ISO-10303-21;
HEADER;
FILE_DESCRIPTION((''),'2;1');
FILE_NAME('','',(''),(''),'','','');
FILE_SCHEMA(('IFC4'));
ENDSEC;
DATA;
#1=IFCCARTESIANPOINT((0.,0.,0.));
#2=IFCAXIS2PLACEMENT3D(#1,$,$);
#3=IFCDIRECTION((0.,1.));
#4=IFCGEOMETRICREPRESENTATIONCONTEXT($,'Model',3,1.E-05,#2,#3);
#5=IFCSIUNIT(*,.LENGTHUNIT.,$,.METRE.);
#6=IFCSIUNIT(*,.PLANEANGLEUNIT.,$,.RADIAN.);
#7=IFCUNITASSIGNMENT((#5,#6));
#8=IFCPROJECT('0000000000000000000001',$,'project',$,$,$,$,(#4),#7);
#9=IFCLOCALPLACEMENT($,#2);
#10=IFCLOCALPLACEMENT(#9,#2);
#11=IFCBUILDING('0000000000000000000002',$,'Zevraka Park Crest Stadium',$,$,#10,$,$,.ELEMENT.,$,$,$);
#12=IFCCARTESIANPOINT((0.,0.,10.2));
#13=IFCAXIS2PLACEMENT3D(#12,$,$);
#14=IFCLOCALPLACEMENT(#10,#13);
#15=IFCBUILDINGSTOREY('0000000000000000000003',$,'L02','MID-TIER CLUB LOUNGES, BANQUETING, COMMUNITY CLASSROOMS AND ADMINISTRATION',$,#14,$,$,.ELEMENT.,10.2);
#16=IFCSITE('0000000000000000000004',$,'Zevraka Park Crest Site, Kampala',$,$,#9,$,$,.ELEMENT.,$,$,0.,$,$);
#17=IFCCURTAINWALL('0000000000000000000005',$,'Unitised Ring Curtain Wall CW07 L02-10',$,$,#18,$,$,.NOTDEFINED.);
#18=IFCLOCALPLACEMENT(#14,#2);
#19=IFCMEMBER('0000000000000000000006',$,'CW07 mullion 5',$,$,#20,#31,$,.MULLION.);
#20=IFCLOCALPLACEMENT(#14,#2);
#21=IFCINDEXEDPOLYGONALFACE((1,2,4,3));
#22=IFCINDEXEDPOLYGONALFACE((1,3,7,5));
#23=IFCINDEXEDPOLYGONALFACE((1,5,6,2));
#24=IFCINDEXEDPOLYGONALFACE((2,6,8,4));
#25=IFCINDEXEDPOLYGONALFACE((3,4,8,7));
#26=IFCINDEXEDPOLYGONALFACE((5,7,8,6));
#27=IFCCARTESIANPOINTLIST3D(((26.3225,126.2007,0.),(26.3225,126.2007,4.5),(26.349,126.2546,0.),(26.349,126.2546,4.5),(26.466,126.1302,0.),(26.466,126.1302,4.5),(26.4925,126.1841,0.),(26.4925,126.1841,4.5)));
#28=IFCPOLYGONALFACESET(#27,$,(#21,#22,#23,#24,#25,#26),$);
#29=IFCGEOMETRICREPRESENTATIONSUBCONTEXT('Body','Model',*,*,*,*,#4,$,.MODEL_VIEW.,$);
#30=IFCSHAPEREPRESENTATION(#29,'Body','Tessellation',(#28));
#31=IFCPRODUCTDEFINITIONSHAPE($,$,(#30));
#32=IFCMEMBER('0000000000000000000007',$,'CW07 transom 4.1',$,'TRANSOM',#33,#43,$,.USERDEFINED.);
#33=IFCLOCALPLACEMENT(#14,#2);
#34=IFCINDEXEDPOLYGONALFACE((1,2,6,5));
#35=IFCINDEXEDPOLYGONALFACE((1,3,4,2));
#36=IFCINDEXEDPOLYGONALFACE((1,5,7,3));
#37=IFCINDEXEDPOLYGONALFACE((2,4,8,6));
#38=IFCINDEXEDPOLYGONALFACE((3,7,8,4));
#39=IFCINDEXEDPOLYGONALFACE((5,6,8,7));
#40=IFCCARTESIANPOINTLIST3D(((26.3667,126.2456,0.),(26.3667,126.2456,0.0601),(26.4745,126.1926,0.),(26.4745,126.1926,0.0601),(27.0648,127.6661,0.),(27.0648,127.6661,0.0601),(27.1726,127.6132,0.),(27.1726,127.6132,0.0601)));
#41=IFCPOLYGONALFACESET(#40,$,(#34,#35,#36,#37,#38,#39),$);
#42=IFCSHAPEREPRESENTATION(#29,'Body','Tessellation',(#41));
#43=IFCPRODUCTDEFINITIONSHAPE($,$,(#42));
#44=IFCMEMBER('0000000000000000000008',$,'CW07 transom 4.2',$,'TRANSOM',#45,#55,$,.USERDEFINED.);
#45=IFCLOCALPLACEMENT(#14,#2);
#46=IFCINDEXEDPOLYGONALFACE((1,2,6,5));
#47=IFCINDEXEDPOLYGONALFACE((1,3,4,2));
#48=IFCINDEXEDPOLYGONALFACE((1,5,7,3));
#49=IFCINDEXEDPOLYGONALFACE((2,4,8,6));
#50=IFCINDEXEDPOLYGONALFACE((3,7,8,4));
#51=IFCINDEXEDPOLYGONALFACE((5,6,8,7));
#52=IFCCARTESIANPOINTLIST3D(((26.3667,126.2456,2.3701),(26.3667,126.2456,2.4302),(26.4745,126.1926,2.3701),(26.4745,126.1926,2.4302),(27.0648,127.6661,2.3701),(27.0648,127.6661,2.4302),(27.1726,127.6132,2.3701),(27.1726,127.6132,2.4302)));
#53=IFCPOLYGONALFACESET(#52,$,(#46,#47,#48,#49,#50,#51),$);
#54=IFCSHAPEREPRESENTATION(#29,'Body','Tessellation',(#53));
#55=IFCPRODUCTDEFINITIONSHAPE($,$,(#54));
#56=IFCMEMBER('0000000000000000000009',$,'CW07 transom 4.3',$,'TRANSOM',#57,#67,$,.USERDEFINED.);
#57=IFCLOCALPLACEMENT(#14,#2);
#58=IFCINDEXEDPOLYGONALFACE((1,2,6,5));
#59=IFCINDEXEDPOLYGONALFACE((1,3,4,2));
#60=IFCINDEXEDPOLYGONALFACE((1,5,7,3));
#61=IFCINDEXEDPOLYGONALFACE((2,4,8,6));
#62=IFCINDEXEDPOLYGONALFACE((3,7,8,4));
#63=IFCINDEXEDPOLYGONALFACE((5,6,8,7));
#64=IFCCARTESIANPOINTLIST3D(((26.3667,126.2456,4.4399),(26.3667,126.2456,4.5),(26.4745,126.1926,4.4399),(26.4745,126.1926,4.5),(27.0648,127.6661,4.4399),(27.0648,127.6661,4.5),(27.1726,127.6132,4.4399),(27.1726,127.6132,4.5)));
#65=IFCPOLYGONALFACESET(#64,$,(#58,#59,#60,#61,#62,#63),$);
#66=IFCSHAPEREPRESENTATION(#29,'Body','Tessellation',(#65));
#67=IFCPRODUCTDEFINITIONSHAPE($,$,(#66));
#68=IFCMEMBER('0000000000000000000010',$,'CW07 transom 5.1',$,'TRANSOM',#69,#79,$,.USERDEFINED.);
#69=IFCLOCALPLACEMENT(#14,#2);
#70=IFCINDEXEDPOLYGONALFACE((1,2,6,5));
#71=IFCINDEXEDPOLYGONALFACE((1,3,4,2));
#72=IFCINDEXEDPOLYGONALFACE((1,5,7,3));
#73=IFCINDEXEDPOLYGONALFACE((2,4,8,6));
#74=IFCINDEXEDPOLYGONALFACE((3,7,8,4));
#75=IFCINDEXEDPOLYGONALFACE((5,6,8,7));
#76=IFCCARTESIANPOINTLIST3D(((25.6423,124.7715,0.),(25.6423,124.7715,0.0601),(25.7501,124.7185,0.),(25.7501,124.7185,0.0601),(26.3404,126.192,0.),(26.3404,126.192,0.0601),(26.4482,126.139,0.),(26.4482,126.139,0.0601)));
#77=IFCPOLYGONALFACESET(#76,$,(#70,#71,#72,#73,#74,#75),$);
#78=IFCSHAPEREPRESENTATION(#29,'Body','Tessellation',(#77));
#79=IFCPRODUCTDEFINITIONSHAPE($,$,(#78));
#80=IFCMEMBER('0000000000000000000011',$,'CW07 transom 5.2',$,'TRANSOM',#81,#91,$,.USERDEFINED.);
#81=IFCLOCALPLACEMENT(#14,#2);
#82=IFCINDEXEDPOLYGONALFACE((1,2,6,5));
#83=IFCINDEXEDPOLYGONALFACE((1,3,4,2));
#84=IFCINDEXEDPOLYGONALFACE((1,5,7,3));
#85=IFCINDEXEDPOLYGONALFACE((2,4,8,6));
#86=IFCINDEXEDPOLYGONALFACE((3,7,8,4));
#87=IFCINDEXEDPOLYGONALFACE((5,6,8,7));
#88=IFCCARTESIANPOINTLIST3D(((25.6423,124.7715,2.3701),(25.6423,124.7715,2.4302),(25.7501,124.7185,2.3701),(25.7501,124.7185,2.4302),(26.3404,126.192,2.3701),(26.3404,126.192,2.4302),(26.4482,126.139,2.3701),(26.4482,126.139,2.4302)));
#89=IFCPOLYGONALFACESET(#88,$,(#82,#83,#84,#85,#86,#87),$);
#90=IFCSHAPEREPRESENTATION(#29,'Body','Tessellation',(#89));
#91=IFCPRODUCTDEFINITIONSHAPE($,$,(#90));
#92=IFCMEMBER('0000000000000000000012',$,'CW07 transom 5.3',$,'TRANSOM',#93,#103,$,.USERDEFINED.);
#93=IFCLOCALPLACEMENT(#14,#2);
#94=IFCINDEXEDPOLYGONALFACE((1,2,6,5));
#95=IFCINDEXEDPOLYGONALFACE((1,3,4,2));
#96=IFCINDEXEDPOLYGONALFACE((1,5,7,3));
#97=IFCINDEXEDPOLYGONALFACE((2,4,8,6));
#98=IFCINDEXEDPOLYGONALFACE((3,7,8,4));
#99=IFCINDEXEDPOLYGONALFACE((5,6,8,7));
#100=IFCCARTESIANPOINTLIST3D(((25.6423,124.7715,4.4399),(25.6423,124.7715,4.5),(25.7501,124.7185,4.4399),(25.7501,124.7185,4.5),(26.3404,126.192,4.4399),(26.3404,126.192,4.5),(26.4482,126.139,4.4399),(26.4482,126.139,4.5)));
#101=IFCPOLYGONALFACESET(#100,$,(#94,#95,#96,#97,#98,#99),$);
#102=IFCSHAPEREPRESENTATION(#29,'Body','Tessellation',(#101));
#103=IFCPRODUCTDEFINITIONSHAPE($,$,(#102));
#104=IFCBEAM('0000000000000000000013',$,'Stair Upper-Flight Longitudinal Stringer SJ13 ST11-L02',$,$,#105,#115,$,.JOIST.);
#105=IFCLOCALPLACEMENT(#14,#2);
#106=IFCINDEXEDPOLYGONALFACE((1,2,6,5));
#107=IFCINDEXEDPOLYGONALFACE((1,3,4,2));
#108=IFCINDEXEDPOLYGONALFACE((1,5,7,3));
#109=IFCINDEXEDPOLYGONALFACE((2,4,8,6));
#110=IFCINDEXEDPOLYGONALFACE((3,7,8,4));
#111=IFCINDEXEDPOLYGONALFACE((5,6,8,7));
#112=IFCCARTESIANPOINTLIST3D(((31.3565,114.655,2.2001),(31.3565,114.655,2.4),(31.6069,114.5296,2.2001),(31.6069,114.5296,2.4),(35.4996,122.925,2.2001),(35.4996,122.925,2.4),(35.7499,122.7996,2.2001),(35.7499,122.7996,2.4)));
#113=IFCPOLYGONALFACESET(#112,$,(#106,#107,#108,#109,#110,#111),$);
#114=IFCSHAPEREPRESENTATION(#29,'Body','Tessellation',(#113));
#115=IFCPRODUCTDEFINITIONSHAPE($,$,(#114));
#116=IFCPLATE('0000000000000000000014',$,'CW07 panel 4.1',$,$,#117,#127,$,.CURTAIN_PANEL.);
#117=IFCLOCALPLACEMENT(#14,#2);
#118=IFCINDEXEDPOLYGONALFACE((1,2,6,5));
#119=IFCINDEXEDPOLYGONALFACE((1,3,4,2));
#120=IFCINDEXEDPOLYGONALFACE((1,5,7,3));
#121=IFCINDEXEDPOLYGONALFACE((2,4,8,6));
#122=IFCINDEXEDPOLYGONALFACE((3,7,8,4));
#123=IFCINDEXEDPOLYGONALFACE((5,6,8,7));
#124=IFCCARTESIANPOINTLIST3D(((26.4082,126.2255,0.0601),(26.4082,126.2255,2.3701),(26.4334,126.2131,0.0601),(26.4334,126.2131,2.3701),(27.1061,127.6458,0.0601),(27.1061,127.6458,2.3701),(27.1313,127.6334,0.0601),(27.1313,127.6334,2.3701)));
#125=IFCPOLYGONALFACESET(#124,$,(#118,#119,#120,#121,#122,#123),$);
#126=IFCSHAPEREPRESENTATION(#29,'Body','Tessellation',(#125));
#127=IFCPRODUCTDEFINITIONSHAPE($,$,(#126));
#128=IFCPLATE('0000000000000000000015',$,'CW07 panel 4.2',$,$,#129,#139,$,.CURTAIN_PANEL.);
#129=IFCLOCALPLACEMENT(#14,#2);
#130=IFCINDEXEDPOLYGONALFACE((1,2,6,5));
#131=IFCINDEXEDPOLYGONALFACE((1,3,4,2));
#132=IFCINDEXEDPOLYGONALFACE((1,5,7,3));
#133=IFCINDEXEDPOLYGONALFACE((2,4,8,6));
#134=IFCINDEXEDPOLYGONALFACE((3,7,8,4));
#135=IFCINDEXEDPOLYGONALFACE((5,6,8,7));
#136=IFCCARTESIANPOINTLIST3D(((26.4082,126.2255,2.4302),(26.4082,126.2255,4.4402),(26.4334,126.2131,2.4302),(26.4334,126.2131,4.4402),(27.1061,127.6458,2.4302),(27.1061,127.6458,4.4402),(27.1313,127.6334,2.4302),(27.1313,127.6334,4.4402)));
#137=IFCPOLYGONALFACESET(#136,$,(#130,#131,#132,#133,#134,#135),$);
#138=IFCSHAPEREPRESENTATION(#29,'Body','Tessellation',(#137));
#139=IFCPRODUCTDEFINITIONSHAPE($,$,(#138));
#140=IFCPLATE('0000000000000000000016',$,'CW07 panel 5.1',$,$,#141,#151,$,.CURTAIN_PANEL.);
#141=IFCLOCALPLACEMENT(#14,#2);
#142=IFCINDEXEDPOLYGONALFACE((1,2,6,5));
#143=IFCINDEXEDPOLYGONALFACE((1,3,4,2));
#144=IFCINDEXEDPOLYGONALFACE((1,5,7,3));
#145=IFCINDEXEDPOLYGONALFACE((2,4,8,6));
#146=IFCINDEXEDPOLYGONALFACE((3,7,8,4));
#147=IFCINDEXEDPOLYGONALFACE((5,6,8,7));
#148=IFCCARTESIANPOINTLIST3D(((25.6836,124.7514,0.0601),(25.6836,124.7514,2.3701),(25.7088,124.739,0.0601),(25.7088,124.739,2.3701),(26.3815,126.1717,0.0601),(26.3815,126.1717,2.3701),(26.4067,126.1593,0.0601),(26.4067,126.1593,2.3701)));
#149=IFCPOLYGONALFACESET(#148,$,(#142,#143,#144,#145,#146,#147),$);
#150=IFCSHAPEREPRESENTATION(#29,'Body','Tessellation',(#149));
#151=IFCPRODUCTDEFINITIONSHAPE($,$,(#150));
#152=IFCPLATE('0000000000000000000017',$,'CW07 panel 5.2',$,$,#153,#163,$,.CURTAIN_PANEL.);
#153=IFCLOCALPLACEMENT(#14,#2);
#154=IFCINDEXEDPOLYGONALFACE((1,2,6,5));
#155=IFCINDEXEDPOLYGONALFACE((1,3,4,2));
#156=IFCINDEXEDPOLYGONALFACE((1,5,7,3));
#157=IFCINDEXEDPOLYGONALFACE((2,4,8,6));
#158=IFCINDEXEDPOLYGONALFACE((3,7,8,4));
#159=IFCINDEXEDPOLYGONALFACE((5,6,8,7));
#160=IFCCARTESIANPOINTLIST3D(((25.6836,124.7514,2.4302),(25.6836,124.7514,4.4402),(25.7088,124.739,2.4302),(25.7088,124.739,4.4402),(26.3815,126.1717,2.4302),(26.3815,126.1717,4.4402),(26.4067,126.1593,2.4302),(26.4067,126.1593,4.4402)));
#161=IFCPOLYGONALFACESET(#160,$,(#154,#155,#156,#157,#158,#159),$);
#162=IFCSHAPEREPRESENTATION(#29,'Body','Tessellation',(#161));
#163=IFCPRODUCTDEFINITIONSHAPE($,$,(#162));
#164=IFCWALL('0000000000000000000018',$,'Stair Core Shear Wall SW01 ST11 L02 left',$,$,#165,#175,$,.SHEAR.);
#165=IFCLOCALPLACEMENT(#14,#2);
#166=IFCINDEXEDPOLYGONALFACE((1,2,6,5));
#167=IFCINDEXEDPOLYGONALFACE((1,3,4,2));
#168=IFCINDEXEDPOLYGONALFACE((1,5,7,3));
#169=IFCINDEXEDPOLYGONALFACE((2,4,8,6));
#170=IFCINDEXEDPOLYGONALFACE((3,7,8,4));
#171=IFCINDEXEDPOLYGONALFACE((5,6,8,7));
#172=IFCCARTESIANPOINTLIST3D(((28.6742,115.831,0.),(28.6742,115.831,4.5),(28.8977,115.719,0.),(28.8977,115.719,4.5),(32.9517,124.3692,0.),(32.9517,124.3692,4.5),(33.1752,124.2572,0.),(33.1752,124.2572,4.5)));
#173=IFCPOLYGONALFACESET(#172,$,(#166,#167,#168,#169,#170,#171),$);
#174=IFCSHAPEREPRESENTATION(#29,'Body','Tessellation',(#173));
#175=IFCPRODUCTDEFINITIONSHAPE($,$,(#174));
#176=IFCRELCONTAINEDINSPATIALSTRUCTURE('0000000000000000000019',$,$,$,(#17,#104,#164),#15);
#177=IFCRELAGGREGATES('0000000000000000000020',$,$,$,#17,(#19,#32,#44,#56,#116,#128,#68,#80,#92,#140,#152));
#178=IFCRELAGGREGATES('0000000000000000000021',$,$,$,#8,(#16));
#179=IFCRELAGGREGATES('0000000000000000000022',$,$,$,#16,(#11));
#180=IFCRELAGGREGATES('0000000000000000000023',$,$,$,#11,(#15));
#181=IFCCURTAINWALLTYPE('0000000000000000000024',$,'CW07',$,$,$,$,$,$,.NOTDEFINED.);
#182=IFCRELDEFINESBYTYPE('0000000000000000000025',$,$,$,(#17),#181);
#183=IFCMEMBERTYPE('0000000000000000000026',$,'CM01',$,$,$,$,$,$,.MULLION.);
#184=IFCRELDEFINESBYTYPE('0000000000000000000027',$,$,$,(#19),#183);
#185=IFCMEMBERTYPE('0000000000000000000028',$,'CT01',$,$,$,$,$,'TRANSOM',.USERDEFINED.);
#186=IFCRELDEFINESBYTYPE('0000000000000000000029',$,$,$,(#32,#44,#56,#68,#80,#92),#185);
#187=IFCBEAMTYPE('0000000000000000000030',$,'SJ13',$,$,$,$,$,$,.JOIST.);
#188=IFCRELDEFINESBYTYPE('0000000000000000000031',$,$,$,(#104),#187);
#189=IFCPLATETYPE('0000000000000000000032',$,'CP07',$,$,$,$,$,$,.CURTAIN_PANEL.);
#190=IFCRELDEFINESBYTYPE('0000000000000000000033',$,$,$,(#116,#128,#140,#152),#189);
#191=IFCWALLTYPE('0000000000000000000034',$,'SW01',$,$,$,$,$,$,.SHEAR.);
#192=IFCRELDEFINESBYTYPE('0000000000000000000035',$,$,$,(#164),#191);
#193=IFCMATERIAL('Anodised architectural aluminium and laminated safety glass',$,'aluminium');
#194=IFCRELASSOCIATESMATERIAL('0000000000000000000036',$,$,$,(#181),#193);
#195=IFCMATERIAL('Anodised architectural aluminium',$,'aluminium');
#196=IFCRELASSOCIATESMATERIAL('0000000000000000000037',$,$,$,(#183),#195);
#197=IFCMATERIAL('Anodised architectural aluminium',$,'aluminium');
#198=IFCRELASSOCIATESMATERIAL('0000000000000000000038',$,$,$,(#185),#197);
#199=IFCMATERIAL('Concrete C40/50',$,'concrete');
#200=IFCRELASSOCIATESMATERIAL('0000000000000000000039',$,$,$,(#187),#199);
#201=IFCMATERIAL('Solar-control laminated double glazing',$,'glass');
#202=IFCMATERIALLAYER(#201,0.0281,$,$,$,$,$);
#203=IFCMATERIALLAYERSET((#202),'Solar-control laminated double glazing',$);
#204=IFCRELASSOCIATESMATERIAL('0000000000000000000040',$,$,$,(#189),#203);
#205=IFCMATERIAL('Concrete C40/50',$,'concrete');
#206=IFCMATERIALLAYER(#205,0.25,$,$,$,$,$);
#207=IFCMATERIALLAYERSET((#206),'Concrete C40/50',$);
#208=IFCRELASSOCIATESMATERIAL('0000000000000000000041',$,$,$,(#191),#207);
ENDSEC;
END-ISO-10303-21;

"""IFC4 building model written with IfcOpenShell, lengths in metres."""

from ifc_helpers import new_model, si_unit, direction, frame, frame_2d, origin, origin_2d, place, context, subcontext, project, spatial, rectangle, extrude, material, layer, layer_set, material_profile, profile_set, type_object, element, aggregate, save


model = new_model("IFC4")

# Units and contexts
model_context = context("Model", 3, precision=1e-05, world=origin(), true_north=direction((0.0, 1.0)))
body_context = subcontext(model_context, "Body", "Model", "MODEL_VIEW")
ifc_project = project(units=[si_unit("LENGTHUNIT", "METRE"), si_unit("PLANEANGLEUNIT", "RADIAN")], contexts=[model_context])

# Site, building, storey
site_placement = place(None, origin())
site = spatial("IfcSite", under=ifc_project, at=site_placement, Name="Zevraka Park Crest Site, Kampala", CompositionType="ELEMENT", RefElevation=0.0)
building_placement = place(site_placement, origin())
building = spatial("IfcBuilding", under=site, at=building_placement, Name="Zevraka Park Crest Stadium", CompositionType="ELEMENT")
storey_placement = place(building_placement, frame((0.0, 0.0, 10.2)))
storey = spatial("IfcBuildingStorey", under=building, at=storey_placement, Name="L02", Description="MID-TIER CLUB LOUNGES, BANQUETING, COMMUNITY CLASSROOMS AND ADMINISTRATION", CompositionType="ELEMENT", Elevation=10.2)

# Curtain wall, members
ifc_material_1 = material(Name="Anodised architectural aluminium and laminated safety glass", Category="aluminium")
curtain_wall_type = type_object("IfcCurtainWallType", Name="CW07", PredefinedType="NOTDEFINED", material=ifc_material_1)
curtain_wall_placement = place(storey_placement, origin())
curtain_wall = element("IfcCurtainWall", 1, at=curtain_wall_placement, inside=storey, type_object=curtain_wall_type, Name="Unitised Ring Curtain Wall CW07 L02-10", PredefinedType="NOTDEFINED")
ifc_material_2 = material(Name="Anodised architectural aluminium", Category="aluminium")
ifc_material_profile_1 = material_profile(ifc_material_2, rectangle(XDim=0.1599, YDim=0.0601, at=origin_2d()), Name="ALU MULLION 160x60")
ifc_profile_set_1 = profile_set([ifc_material_profile_1], Name="Anodised architectural aluminium")
member_type_1 = type_object("IfcMemberType", Name="CM01", PredefinedType="MULLION", material=ifc_profile_set_1)
member_1_placement = place(storey_placement, frame((26.4075, 126.1924, 0.0), z_axis=(0.0, 0.0, 1.0), x_axis=(0.897497, -0.441021, 0.0)))
member_1 = element("IfcMember", 2, at=member_1_placement, type_object=member_type_1, Name="CW07 mullion 5", PredefinedType="MULLION", context=body_context, shape_type="SweptSolid", body=[
    extrude(rectangle(XDim=0.1599, YDim=0.0601, at=origin_2d()), origin(), (0.0, 0.0, 1.0), 4.5),
])
ifc_material_3 = material(Name="Anodised architectural aluminium", Category="aluminium")
ifc_material_profile_2 = material_profile(ifc_material_3, rectangle(XDim=0.1201, YDim=0.0601, at=origin_2d()), Name="ALU TRANSOM 120x60")
ifc_profile_set_2 = profile_set([ifc_material_profile_2], Name="Anodised architectural aluminium")
member_type_2 = type_object("IfcMemberType", Name="CT01", ElementType="TRANSOM", PredefinedType="USERDEFINED", material=ifc_profile_set_2)
member_2_placement = place(storey_placement, frame((27.1187, 127.6396, 0.03), z_axis=(-0.441033, -0.897491, 0.0), x_axis=(0.897491, -0.441033, 0.0)))
member_2 = element("IfcMember", 3, at=member_2_placement, type_object=member_type_2, Name="CW07 transom 4.1", ObjectType="TRANSOM", PredefinedType="USERDEFINED", context=body_context, shape_type="SweptSolid", body=[
    extrude(rectangle(XDim=0.1201, YDim=0.0601, at=origin_2d()), origin(), (0.0, 0.0, 1.0), 1.5828),
])
member_3_placement = place(storey_placement, frame((27.1187, 127.6396, 2.4001), z_axis=(-0.441033, -0.897491, 0.0), x_axis=(0.897491, -0.441033, 0.0)))
member_3 = element("IfcMember", 4, at=member_3_placement, type_object=member_type_2, Name="CW07 transom 4.2", ObjectType="TRANSOM", PredefinedType="USERDEFINED", context=body_context, shape_type="SweptSolid", body=[
    extrude(rectangle(XDim=0.1201, YDim=0.0601, at=origin_2d()), origin(), (0.0, 0.0, 1.0), 1.5828),
])
member_4_placement = place(storey_placement, frame((27.1187, 127.6396, 4.47), z_axis=(-0.441033, -0.897491, 0.0), x_axis=(0.897491, -0.441033, 0.0)))
member_4 = element("IfcMember", 5, at=member_4_placement, type_object=member_type_2, Name="CW07 transom 4.3", ObjectType="TRANSOM", PredefinedType="USERDEFINED", context=body_context, shape_type="SweptSolid", body=[
    extrude(rectangle(XDim=0.1201, YDim=0.0601, at=origin_2d()), origin(), (0.0, 0.0, 1.0), 1.5828),
])
member_5_placement = place(storey_placement, frame((26.3943, 126.1655, 0.03), z_axis=(-0.441033, -0.897491, 0.0), x_axis=(0.897491, -0.441033, 0.0)))
member_5 = element("IfcMember", 6, at=member_5_placement, type_object=member_type_2, Name="CW07 transom 5.1", ObjectType="TRANSOM", PredefinedType="USERDEFINED", context=body_context, shape_type="SweptSolid", body=[
    extrude(rectangle(XDim=0.1201, YDim=0.0601, at=origin_2d()), origin(), (0.0, 0.0, 1.0), 1.5828),
])
member_6_placement = place(storey_placement, frame((26.3943, 126.1655, 2.4001), z_axis=(-0.441033, -0.897491, 0.0), x_axis=(0.897491, -0.441033, 0.0)))
member_6 = element("IfcMember", 7, at=member_6_placement, type_object=member_type_2, Name="CW07 transom 5.2", ObjectType="TRANSOM", PredefinedType="USERDEFINED", context=body_context, shape_type="SweptSolid", body=[
    extrude(rectangle(XDim=0.1201, YDim=0.0601, at=origin_2d()), origin(), (0.0, 0.0, 1.0), 1.5828),
])
member_7_placement = place(storey_placement, frame((26.3943, 126.1655, 4.47), z_axis=(-0.441033, -0.897491, 0.0), x_axis=(0.897491, -0.441033, 0.0)))
member_7 = element("IfcMember", 8, at=member_7_placement, type_object=member_type_2, Name="CW07 transom 5.3", ObjectType="TRANSOM", PredefinedType="USERDEFINED", context=body_context, shape_type="SweptSolid", body=[
    extrude(rectangle(XDim=0.1201, YDim=0.0601, at=origin_2d()), origin(), (0.0, 0.0, 1.0), 1.5828),
])

# Beam
ifc_material_4 = material(Name="Concrete C40/50", Category="concrete")
ifc_material_profile_3 = material_profile(ifc_material_4, rectangle(XDim=0.28, YDim=0.2, at=origin_2d()), Name="RC 200x280")
ifc_profile_set_3 = profile_set([ifc_material_profile_3], Name="Concrete C40/50")
beam_type = type_object("IfcBeamType", Name="SJ13", PredefinedType="JOIST", material=ifc_profile_set_3)
beam_placement = place(storey_placement, frame((35.6248, 122.8623, 2.3), z_axis=(-0.44791, -0.894079, 0.0), x_axis=(0.894079, -0.44791, 0.0)))
element("IfcBeam", 9, at=beam_placement, inside=storey, type_object=beam_type, Name="Stair Upper-Flight Longitudinal Stringer SJ13 ST11-L02", PredefinedType="JOIST", context=body_context, shape_type="SweptSolid", body=[
    extrude(rectangle(XDim=0.28, YDim=0.2, at=origin_2d()), origin(), (0.0, 0.0, 1.0), 9.2498),
])

# Plates
ifc_material_5 = material(Name="Solar-control laminated double glazing", Category="glass")
ifc_layer_1 = layer(ifc_material_5, 0.0281)
ifc_layer_set_1 = layer_set([ifc_layer_1], Name="Solar-control laminated double glazing")
plate_type = type_object("IfcPlateType", Name="CP07", PredefinedType="CURTAIN_PANEL", material=ifc_layer_set_1)
plate_1_placement = place(storey_placement, frame((26.7698, 126.9294, 0.0601), z_axis=(0.0, 0.0, 1.0), x_axis=(-0.441021, -0.897497, 0.0)))
plate_1 = element("IfcPlate", 10, at=plate_1_placement, type_object=plate_type, Name="CW07 panel 4.1", PredefinedType="CURTAIN_PANEL", context=body_context, shape_type="SweptSolid", body=[
    extrude(rectangle(XDim=1.5825, YDim=0.0281, at=origin_2d()), origin(), (0.0, 0.0, 1.0), 2.3101),
])
plate_2_placement = place(storey_placement, frame((26.7698, 126.9294, 2.4302), z_axis=(0.0, 0.0, 1.0), x_axis=(-0.441021, -0.897497, 0.0)))
plate_2 = element("IfcPlate", 11, at=plate_2_placement, type_object=plate_type, Name="CW07 panel 4.2", PredefinedType="CURTAIN_PANEL", context=body_context, shape_type="SweptSolid", body=[
    extrude(rectangle(XDim=1.5825, YDim=0.0281, at=origin_2d()), origin(), (0.0, 0.0, 1.0), 2.01),
])
plate_3_placement = place(storey_placement, frame((26.0452, 125.4553, 0.0601), z_axis=(0.0, 0.0, 1.0), x_axis=(-0.441021, -0.897497, 0.0)))
plate_3 = element("IfcPlate", 12, at=plate_3_placement, type_object=plate_type, Name="CW07 panel 5.1", PredefinedType="CURTAIN_PANEL", context=body_context, shape_type="SweptSolid", body=[
    extrude(rectangle(XDim=1.5825, YDim=0.0281, at=origin_2d()), origin(), (0.0, 0.0, 1.0), 2.3101),
])
plate_4_placement = place(storey_placement, frame((26.0452, 125.4553, 2.4302), z_axis=(0.0, 0.0, 1.0), x_axis=(-0.441021, -0.897497, 0.0)))
plate_4 = element("IfcPlate", 13, at=plate_4_placement, type_object=plate_type, Name="CW07 panel 5.2", PredefinedType="CURTAIN_PANEL", context=body_context, shape_type="SweptSolid", body=[
    extrude(rectangle(XDim=1.5825, YDim=0.0281, at=origin_2d()), origin(), (0.0, 0.0, 1.0), 2.01),
])
aggregate(curtain_wall, [member_1, member_2, member_3, member_4, plate_1, plate_2, member_5, member_6, member_7, plate_3, plate_4])

# Wall
ifc_material_6 = material(Name="Concrete C40/50", Category="concrete")
ifc_layer_2 = layer(ifc_material_6, 0.25)
ifc_layer_set_2 = layer_set([ifc_layer_2], Name="Concrete C40/50")
wall_type = type_object("IfcWallType", Name="SW01", PredefinedType="SHEAR", material=ifc_layer_set_2)
wall_placement = place(storey_placement, frame((33.0635, 124.3132, 0.0), z_axis=(0.0, 0.0, 1.0), x_axis=(-0.447919, -0.894074, 0.0)))
element("IfcWall", 14, at=wall_placement, inside=storey, type_object=wall_type, Name="Stair Core Shear Wall SW01 ST11 L02 left", PredefinedType="SHEAR", context=body_context, shape_type="SweptSolid", body=[
    extrude(rectangle(XDim=9.5498, YDim=0.25, at=frame_2d((4.7749, 0.0))), origin(), (0.0, 0.0, 1.0), 4.5),
])

save(model, "model.ifc")
